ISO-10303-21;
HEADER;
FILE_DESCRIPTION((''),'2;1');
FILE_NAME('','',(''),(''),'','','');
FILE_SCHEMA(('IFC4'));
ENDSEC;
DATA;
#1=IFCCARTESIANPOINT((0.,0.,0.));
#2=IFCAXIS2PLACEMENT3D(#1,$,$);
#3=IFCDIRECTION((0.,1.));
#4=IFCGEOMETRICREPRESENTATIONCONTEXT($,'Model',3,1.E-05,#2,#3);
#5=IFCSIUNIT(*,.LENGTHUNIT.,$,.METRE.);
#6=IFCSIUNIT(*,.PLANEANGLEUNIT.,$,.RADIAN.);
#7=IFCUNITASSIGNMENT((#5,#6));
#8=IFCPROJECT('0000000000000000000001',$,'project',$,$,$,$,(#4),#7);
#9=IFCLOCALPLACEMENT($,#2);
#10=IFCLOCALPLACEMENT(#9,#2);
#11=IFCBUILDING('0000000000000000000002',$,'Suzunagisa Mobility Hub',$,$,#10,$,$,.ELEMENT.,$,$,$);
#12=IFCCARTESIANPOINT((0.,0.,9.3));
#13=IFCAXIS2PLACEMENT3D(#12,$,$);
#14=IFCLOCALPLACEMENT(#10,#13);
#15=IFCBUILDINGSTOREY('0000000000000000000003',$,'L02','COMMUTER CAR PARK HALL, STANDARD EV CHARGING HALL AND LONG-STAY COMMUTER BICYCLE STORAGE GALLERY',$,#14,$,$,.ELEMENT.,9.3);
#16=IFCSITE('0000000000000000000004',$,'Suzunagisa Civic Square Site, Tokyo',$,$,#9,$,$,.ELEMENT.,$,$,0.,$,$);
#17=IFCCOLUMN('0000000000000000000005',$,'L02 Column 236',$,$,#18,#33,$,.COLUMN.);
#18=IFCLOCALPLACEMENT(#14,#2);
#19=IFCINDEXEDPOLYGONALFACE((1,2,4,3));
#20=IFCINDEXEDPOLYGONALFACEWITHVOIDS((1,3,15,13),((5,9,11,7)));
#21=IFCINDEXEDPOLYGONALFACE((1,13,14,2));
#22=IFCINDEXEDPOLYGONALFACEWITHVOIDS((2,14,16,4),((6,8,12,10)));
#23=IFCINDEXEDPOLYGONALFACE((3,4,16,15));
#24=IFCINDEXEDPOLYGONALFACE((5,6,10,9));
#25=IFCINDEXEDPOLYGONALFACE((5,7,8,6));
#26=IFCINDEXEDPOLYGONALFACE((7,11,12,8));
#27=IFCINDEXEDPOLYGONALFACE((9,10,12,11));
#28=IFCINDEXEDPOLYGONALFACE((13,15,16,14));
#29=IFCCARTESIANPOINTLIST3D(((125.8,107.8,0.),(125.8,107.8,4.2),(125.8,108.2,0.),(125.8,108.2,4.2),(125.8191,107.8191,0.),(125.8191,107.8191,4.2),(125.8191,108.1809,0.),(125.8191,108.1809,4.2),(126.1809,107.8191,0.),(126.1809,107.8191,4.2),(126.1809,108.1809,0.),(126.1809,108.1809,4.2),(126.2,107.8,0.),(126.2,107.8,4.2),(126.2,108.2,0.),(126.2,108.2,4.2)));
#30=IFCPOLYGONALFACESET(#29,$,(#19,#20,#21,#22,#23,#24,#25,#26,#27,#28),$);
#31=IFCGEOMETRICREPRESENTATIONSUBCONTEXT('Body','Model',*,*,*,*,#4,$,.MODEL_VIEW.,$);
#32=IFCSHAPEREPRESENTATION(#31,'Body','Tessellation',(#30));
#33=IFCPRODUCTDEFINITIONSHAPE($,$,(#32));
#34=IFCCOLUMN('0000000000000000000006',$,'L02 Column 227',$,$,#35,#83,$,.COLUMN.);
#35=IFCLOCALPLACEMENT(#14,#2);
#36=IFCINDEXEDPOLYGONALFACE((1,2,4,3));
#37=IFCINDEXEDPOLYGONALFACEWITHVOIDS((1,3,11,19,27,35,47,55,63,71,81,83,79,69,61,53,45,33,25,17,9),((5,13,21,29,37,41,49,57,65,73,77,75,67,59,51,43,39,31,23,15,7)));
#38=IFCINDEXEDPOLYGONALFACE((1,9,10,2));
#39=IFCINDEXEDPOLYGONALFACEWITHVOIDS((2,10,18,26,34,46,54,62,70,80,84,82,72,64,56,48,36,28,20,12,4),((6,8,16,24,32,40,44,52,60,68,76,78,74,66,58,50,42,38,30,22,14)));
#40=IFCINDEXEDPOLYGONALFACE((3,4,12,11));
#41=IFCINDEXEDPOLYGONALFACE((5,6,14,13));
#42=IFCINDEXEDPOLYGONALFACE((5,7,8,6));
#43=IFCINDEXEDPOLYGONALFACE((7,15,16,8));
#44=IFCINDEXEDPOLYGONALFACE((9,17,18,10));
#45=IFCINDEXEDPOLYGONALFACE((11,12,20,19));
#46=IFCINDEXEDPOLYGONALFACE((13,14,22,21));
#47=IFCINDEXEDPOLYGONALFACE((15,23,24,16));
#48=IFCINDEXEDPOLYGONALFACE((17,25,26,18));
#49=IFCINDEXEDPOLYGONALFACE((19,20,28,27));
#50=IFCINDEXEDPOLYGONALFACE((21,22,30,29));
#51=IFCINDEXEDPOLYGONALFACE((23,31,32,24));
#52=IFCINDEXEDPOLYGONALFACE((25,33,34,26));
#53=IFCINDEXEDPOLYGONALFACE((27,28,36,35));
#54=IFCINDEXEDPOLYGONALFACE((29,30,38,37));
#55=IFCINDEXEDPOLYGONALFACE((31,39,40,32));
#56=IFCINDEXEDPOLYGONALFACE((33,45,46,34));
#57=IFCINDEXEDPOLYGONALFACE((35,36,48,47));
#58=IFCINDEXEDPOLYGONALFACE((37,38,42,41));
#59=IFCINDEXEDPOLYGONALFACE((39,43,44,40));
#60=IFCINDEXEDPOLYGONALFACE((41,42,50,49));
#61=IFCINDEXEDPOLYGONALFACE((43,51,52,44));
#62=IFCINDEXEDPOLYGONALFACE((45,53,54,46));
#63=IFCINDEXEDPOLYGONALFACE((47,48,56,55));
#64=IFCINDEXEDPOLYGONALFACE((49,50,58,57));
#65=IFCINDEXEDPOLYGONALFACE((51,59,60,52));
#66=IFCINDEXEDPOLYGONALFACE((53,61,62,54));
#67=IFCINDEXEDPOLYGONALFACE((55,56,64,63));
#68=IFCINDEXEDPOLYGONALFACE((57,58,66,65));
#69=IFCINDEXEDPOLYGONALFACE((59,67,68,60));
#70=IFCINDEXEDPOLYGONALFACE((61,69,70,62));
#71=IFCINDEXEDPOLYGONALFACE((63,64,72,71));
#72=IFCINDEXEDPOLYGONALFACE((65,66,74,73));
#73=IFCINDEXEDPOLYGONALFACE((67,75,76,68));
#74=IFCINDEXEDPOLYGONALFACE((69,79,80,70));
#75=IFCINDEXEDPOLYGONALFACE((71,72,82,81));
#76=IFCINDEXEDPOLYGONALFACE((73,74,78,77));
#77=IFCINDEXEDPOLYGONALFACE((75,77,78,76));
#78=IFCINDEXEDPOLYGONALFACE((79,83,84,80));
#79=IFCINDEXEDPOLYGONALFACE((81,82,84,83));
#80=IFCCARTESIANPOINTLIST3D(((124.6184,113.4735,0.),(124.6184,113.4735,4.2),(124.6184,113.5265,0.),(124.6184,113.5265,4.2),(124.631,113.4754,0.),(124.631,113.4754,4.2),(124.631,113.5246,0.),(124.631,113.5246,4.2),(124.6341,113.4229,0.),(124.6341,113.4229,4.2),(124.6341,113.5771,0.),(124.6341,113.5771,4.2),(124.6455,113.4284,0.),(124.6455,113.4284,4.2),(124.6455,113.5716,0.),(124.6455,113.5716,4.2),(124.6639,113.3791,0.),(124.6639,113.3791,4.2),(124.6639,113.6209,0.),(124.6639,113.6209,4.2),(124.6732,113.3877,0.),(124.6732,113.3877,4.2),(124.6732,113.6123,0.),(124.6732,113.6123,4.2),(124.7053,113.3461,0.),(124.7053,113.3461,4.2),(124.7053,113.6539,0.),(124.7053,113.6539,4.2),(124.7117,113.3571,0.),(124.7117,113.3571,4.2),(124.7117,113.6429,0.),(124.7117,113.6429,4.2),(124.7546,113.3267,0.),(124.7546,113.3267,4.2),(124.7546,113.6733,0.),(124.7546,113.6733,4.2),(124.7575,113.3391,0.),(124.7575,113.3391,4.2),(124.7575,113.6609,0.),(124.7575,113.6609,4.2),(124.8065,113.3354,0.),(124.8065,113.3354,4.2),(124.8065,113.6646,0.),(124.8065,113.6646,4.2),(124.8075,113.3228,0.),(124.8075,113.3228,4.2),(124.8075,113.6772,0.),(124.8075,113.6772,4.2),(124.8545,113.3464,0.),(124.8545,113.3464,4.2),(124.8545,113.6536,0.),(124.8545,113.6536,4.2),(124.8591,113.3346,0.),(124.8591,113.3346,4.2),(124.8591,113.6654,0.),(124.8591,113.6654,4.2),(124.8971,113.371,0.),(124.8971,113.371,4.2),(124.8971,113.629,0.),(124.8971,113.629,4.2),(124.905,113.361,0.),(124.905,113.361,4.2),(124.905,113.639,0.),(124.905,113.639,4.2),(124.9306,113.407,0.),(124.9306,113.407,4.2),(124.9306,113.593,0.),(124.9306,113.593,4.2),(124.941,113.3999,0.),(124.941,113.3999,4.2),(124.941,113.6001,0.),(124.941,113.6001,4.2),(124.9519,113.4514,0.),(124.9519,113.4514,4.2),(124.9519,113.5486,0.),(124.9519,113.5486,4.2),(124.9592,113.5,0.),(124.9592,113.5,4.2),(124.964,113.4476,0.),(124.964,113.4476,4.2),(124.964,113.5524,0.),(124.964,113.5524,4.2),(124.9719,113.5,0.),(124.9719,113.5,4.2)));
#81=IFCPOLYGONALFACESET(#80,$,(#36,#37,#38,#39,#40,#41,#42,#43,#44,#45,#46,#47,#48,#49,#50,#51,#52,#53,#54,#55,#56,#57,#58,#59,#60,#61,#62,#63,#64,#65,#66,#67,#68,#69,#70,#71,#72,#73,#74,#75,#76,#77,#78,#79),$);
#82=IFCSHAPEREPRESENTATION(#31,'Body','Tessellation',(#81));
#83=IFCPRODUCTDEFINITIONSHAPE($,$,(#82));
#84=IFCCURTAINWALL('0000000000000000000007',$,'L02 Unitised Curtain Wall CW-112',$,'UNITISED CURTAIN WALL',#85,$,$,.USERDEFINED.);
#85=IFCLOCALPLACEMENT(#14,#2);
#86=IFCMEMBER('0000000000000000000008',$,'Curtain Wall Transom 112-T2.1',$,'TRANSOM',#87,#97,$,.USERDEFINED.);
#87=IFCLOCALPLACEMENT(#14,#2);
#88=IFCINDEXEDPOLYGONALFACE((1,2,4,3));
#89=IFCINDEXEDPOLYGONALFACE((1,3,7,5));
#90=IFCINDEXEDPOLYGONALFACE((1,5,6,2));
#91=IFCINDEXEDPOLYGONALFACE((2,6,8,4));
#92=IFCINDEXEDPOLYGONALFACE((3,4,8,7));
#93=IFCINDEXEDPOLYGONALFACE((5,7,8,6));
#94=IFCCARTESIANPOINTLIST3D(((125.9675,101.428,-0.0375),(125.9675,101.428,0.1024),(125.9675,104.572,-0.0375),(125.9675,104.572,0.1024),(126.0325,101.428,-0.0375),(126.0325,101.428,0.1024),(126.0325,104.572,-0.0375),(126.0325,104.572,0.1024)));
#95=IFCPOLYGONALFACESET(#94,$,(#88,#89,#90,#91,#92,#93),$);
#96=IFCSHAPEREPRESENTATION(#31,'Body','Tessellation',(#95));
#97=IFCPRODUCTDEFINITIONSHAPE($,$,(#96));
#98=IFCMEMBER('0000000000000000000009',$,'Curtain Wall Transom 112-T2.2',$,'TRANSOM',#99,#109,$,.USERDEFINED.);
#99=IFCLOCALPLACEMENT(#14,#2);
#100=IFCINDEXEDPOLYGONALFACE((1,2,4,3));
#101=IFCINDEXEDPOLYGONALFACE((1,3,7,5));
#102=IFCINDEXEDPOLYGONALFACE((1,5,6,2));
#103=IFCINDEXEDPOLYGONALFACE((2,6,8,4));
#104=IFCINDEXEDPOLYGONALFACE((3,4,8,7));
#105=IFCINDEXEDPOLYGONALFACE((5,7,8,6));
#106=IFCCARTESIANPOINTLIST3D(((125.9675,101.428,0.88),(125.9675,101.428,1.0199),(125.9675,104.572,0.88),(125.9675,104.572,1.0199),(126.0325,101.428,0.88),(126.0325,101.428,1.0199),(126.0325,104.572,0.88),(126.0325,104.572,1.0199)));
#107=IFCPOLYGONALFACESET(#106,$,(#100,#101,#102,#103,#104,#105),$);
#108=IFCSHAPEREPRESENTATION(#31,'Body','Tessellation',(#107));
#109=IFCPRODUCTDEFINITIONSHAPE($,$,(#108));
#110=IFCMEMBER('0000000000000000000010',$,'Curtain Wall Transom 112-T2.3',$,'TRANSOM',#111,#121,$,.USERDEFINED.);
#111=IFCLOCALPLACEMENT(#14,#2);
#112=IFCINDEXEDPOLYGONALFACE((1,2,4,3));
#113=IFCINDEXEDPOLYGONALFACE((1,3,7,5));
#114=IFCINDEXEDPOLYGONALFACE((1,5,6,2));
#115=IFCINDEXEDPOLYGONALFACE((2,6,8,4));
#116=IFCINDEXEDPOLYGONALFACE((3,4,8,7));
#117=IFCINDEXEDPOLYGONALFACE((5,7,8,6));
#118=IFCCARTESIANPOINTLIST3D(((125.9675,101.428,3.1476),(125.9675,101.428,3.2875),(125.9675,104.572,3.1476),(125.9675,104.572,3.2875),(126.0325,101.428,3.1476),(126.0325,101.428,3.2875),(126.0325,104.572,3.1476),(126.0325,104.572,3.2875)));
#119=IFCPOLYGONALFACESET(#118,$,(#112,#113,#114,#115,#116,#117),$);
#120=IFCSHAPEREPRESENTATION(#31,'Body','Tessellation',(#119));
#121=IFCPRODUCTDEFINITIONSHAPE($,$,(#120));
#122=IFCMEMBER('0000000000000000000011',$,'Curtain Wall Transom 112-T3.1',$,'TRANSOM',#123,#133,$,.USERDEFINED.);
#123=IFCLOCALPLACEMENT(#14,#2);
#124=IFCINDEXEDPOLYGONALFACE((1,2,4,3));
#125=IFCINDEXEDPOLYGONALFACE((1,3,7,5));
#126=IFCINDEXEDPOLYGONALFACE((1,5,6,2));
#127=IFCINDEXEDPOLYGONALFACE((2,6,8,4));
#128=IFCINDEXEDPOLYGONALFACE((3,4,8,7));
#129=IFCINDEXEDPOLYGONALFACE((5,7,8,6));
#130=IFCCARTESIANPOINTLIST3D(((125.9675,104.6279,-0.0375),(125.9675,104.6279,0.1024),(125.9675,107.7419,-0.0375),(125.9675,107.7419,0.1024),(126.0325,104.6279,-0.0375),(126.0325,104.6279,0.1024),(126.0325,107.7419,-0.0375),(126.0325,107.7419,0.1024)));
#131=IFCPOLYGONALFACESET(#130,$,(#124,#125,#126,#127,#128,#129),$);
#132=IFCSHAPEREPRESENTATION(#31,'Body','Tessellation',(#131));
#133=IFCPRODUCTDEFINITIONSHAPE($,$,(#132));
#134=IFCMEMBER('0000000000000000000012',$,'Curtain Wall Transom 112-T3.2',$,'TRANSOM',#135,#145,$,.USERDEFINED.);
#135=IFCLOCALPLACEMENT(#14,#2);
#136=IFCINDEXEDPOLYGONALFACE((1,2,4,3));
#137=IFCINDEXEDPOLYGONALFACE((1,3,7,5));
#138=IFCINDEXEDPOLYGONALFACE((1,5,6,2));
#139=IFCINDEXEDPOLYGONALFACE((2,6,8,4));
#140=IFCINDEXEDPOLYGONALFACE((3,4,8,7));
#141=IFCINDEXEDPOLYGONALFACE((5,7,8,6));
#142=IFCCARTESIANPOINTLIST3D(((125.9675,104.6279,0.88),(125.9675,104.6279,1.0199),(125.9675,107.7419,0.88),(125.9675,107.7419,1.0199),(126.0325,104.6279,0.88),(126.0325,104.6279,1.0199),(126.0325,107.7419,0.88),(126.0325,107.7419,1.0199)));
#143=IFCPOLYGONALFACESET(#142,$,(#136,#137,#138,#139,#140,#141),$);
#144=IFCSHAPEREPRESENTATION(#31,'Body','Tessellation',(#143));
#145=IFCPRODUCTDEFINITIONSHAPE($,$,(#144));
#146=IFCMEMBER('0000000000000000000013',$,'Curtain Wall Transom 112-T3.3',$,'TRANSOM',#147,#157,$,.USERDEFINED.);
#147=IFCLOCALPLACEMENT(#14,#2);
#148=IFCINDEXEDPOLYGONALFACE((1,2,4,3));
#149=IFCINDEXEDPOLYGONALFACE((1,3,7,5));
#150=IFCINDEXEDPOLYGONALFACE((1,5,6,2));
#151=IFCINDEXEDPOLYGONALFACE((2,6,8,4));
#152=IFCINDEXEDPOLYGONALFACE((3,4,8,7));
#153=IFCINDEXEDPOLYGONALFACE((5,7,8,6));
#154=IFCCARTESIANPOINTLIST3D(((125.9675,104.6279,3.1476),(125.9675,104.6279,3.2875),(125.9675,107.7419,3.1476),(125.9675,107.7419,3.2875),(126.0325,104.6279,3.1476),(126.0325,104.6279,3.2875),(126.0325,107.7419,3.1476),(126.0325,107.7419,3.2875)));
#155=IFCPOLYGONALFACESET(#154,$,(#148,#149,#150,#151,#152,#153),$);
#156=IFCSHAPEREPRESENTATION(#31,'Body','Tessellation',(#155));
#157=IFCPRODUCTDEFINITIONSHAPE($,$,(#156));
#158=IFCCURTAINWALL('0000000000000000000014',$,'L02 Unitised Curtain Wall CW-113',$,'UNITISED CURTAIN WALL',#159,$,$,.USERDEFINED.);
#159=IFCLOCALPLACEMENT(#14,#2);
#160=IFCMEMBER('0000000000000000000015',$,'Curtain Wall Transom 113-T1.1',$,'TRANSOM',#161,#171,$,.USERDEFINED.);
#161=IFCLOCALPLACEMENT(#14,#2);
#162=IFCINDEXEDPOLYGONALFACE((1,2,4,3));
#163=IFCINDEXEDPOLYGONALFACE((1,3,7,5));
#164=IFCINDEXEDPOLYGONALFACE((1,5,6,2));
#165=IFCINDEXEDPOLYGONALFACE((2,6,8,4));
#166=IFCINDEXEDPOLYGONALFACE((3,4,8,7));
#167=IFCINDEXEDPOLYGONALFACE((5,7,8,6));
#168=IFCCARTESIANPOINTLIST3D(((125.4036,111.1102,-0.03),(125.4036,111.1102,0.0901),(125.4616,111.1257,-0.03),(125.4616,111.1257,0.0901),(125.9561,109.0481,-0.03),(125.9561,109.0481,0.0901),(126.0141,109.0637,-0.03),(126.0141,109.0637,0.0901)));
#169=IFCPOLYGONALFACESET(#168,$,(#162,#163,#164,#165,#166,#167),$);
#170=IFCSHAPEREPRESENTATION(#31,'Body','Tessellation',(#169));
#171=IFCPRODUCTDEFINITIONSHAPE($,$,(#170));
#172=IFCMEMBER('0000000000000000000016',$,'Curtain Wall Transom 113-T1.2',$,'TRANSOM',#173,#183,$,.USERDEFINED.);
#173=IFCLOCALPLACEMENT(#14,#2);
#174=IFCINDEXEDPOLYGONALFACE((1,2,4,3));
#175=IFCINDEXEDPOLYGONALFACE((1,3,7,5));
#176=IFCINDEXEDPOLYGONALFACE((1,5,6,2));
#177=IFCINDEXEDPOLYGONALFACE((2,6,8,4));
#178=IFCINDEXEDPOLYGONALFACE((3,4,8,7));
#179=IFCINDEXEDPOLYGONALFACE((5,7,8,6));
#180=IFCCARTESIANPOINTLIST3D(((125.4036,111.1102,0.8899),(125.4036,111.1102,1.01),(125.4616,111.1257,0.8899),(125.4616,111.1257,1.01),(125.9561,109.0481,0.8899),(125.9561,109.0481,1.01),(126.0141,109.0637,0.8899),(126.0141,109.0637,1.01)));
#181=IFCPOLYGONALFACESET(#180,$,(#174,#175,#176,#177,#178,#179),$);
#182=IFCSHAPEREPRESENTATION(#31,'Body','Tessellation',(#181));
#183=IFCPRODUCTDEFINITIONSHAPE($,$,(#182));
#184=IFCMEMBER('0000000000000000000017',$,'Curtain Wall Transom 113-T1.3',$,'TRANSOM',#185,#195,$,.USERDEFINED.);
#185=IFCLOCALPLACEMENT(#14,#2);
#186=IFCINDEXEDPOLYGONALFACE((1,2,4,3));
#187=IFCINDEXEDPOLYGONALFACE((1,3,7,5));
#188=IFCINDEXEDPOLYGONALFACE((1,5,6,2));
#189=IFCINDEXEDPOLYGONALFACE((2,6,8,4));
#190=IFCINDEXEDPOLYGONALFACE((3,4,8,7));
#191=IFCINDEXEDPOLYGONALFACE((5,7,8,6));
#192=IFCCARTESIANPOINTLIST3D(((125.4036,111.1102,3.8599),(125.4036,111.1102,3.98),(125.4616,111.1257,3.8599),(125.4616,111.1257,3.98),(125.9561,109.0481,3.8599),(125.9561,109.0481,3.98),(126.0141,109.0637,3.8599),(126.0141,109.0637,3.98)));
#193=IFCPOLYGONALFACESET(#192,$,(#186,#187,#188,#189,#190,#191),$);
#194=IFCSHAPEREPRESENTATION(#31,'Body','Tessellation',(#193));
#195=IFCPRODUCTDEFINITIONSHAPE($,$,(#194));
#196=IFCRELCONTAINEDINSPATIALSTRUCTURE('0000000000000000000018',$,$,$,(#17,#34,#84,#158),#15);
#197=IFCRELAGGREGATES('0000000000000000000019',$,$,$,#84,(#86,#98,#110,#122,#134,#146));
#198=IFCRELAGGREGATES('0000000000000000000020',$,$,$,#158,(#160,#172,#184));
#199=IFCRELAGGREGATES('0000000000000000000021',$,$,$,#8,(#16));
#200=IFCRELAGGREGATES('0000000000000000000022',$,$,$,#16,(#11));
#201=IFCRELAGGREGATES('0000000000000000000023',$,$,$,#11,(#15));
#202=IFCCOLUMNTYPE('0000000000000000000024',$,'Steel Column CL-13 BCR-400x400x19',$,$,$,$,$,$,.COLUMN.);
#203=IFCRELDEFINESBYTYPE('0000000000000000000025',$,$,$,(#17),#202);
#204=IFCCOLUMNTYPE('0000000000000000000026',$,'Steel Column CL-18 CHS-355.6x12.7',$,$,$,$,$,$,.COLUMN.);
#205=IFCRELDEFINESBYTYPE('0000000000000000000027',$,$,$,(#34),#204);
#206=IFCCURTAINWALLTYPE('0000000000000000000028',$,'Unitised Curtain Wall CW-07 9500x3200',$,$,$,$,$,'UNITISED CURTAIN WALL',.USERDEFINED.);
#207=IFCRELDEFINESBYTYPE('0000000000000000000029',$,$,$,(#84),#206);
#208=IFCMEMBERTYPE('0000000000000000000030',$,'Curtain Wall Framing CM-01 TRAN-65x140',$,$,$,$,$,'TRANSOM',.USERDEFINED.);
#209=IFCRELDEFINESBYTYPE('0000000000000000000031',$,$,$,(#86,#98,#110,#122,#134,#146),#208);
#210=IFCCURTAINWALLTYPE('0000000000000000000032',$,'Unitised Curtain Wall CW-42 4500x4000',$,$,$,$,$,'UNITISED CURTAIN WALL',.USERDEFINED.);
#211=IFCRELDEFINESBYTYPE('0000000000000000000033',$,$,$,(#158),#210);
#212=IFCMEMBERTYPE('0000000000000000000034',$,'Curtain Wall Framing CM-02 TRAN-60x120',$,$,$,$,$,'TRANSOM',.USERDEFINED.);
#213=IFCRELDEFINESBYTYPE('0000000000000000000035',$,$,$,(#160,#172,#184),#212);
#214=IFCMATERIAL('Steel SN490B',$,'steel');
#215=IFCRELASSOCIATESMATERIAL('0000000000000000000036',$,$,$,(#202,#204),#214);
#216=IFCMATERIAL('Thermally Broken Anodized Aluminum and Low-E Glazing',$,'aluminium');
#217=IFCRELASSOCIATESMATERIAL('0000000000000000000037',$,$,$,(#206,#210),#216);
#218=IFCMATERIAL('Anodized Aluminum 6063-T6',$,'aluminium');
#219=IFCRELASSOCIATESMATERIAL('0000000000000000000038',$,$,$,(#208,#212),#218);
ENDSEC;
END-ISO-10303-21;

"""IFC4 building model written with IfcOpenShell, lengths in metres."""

from ifc_helpers import new_model, si_unit, direction, frame, origin, origin_2d, place, context, subcontext, project, spatial, rectangle, hollow_rectangle, hollow_circle, extrude, material, material_profile, profile_set, type_object, element, aggregate, save


model = new_model("IFC4")

# Units and contexts
model_context = context("Model", 3, precision=1e-05, world=origin(), true_north=direction((0.0, 1.0)))
body_context = subcontext(model_context, "Body", "Model", "MODEL_VIEW")
ifc_project = project(units=[si_unit("LENGTHUNIT", "METRE"), si_unit("PLANEANGLEUNIT", "RADIAN")], contexts=[model_context])

# Site, building, storey
site_placement = place(None, origin())
site = spatial("IfcSite", under=ifc_project, at=site_placement, Name="Suzunagisa Civic Square Site, Tokyo", CompositionType="ELEMENT", RefElevation=0.0)
building_placement = place(site_placement, origin())
building = spatial("IfcBuilding", under=site, at=building_placement, Name="Suzunagisa Mobility Hub", CompositionType="ELEMENT")
storey_placement = place(building_placement, frame((0.0, 0.0, 9.3)))
storey = spatial("IfcBuildingStorey", under=building, at=storey_placement, Name="L02", Description="COMMUTER CAR PARK HALL, STANDARD EV CHARGING HALL AND LONG-STAY COMMUTER BICYCLE STORAGE GALLERY", CompositionType="ELEMENT", Elevation=9.3)

# Columns
ifc_material_1 = material(Name="Steel SN490B", Category="steel")
ifc_material_profile_1 = material_profile(ifc_material_1, hollow_rectangle(XDim=0.3999, YDim=0.3999, WallThickness=0.019, at=origin_2d()), Name="BCR-400x400x19")
ifc_profile_set_1 = profile_set([ifc_material_profile_1], Name="Steel SN490B")
column_type_1 = type_object("IfcColumnType", Name="Steel Column CL-13 BCR-400x400x19", PredefinedType="COLUMN", material=ifc_profile_set_1)
column_1_placement = place(storey_placement, frame((126.0, 108.0, 0.0), z_axis=(0.0, 0.0, 1.0), x_axis=(1.0, 0.0, 0.0)))
element("IfcColumn", 1, at=column_1_placement, inside=storey, type_object=column_type_1, Name="L02 Column 236", PredefinedType="COLUMN", context=body_context, shape_type="SweptSolid", body=[
    extrude(hollow_rectangle(XDim=0.3999, YDim=0.3999, WallThickness=0.019, at=origin_2d()), origin(), (0.0, 0.0, 1.0), 4.2),
])
ifc_material_profile_2 = material_profile(ifc_material_1, hollow_circle(Radius=0.1777, WallThickness=0.0127, at=origin_2d()), Name="CHS-355.6x12.7")
ifc_profile_set_2 = profile_set([ifc_material_profile_2], Name="Steel SN490B")
column_type_2 = type_object("IfcColumnType", Name="Steel Column CL-18 CHS-355.6x12.7", PredefinedType="COLUMN", material=ifc_profile_set_2)
column_2_placement = place(storey_placement, frame((124.7942, 113.5, 0.0), z_axis=(0.0, 0.0, 1.0), x_axis=(1.0, 0.0, 0.0)))
element("IfcColumn", 2, at=column_2_placement, inside=storey, type_object=column_type_2, Name="L02 Column 227", PredefinedType="COLUMN", context=body_context, shape_type="SweptSolid", body=[
    extrude(hollow_circle(Radius=0.1777, WallThickness=0.0127, at=origin_2d()), origin(), (0.0, 0.0, 1.0), 4.2),
])

# Curtain walls, members
ifc_material_2 = material(Name="Thermally Broken Anodized Aluminum and Low-E Glazing", Category="aluminium")
curtain_wall_type_1 = type_object("IfcCurtainWallType", Name="Unitised Curtain Wall CW-07 9500x3200", ElementType="UNITISED CURTAIN WALL", PredefinedType="USERDEFINED", material=ifc_material_2)
curtain_wall_1_placement = place(storey_placement, origin())
curtain_wall_1 = element("IfcCurtainWall", 3, at=curtain_wall_1_placement, inside=storey, type_object=curtain_wall_type_1, Name="L02 Unitised Curtain Wall CW-112", ObjectType="UNITISED CURTAIN WALL", PredefinedType="USERDEFINED")
ifc_material_3 = material(Name="Anodized Aluminum 6063-T6", Category="aluminium")
ifc_material_profile_3 = material_profile(ifc_material_3, rectangle(XDim=0.0649, YDim=0.1399, at=origin_2d()), Name="TRAN-65x140")
ifc_profile_set_3 = profile_set([ifc_material_profile_3], Name="Anodized Aluminum 6063-T6")
member_type_1 = type_object("IfcMemberType", Name="Curtain Wall Framing CM-01 TRAN-65x140", ElementType="TRANSOM", PredefinedType="USERDEFINED", material=ifc_profile_set_3)
member_1_placement = place(storey_placement, frame((126.0, 101.428, 0.0325), z_axis=(0.0, 1.0, 0.0), x_axis=(-1.0, 0.0, 0.0)))
member_1 = element("IfcMember", 4, at=member_1_placement, type_object=member_type_1, Name="Curtain Wall Transom 112-T2.1", ObjectType="TRANSOM", PredefinedType="USERDEFINED", context=body_context, shape_type="SweptSolid", body=[
    extrude(rectangle(XDim=0.0649, YDim=0.1399, at=origin_2d()), origin(), (0.0, 0.0, 1.0), 3.144),
])
member_2_placement = place(storey_placement, frame((126.0, 101.428, 0.95), z_axis=(0.0, 1.0, 0.0), x_axis=(-1.0, 0.0, 0.0)))
member_2 = element("IfcMember", 5, at=member_2_placement, type_object=member_type_1, Name="Curtain Wall Transom 112-T2.2", ObjectType="TRANSOM", PredefinedType="USERDEFINED", context=body_context, shape_type="SweptSolid", body=[
    extrude(rectangle(XDim=0.0649, YDim=0.1399, at=origin_2d()), origin(), (0.0, 0.0, 1.0), 3.144),
])
member_3_placement = place(storey_placement, frame((126.0, 101.428, 3.2175), z_axis=(0.0, 1.0, 0.0), x_axis=(-1.0, 0.0, 0.0)))
member_3 = element("IfcMember", 6, at=member_3_placement, type_object=member_type_1, Name="Curtain Wall Transom 112-T2.3", ObjectType="TRANSOM", PredefinedType="USERDEFINED", context=body_context, shape_type="SweptSolid", body=[
    extrude(rectangle(XDim=0.0649, YDim=0.1399, at=origin_2d()), origin(), (0.0, 0.0, 1.0), 3.144),
])
member_4_placement = place(storey_placement, frame((126.0, 104.6279, 0.0325), z_axis=(0.0, 1.0, 0.0), x_axis=(-1.0, 0.0, 0.0)))
member_4 = element("IfcMember", 7, at=member_4_placement, type_object=member_type_1, Name="Curtain Wall Transom 112-T3.1", ObjectType="TRANSOM", PredefinedType="USERDEFINED", context=body_context, shape_type="SweptSolid", body=[
    extrude(rectangle(XDim=0.0649, YDim=0.1399, at=origin_2d()), origin(), (0.0, 0.0, 1.0), 3.114),
])
member_5_placement = place(storey_placement, frame((126.0, 104.6279, 0.95), z_axis=(0.0, 1.0, 0.0), x_axis=(-1.0, 0.0, 0.0)))
member_5 = element("IfcMember", 8, at=member_5_placement, type_object=member_type_1, Name="Curtain Wall Transom 112-T3.2", ObjectType="TRANSOM", PredefinedType="USERDEFINED", context=body_context, shape_type="SweptSolid", body=[
    extrude(rectangle(XDim=0.0649, YDim=0.1399, at=origin_2d()), origin(), (0.0, 0.0, 1.0), 3.114),
])
member_6_placement = place(storey_placement, frame((126.0, 104.6279, 3.2175), z_axis=(0.0, 1.0, 0.0), x_axis=(-1.0, 0.0, 0.0)))
member_6 = element("IfcMember", 9, at=member_6_placement, type_object=member_type_1, Name="Curtain Wall Transom 112-T3.3", ObjectType="TRANSOM", PredefinedType="USERDEFINED", context=body_context, shape_type="SweptSolid", body=[
    extrude(rectangle(XDim=0.0649, YDim=0.1399, at=origin_2d()), origin(), (0.0, 0.0, 1.0), 3.114),
])
curtain_wall_type_2 = type_object("IfcCurtainWallType", Name="Unitised Curtain Wall CW-42 4500x4000", ElementType="UNITISED CURTAIN WALL", PredefinedType="USERDEFINED", material=ifc_material_2)
curtain_wall_2_placement = place(storey_placement, origin())
curtain_wall_2 = element("IfcCurtainWall", 10, at=curtain_wall_2_placement, inside=storey, type_object=curtain_wall_type_2, Name="L02 Unitised Curtain Wall CW-113", ObjectType="UNITISED CURTAIN WALL", PredefinedType="USERDEFINED")
ifc_material_profile_4 = material_profile(ifc_material_3, rectangle(XDim=0.0601, YDim=0.1201, at=origin_2d()), Name="TRAN-60x120")
ifc_profile_set_4 = profile_set([ifc_material_profile_4], Name="Anodized Aluminum 6063-T6")
member_type_2 = type_object("IfcMemberType", Name="Curtain Wall Framing CM-02 TRAN-60x120", ElementType="TRANSOM", PredefinedType="USERDEFINED", material=ifc_profile_set_4)
member_7_placement = place(storey_placement, frame((125.9851, 109.0559, 0.03), z_axis=(-0.258808, 0.965929, 0.0), x_axis=(-0.965929, -0.258808, 0.0)))
member_7 = element("IfcMember", 11, at=member_7_placement, type_object=member_type_2, Name="Curtain Wall Transom 113-T1.1", ObjectType="TRANSOM", PredefinedType="USERDEFINED", context=body_context, shape_type="SweptSolid", body=[
    extrude(rectangle(XDim=0.0601, YDim=0.1201, at=origin_2d()), origin(), (0.0, 0.0, 1.0), 2.1348),
])
member_8_placement = place(storey_placement, frame((125.9851, 109.0559, 0.95), z_axis=(-0.258808, 0.965929, 0.0), x_axis=(-0.965929, -0.258808, 0.0)))
member_8 = element("IfcMember", 12, at=member_8_placement, type_object=member_type_2, Name="Curtain Wall Transom 113-T1.2", ObjectType="TRANSOM", PredefinedType="USERDEFINED", context=body_context, shape_type="SweptSolid", body=[
    extrude(rectangle(XDim=0.0601, YDim=0.1201, at=origin_2d()), origin(), (0.0, 0.0, 1.0), 2.1348),
])
member_9_placement = place(storey_placement, frame((125.9851, 109.0559, 3.9199), z_axis=(-0.258808, 0.965929, 0.0), x_axis=(-0.965929, -0.258808, 0.0)))
member_9 = element("IfcMember", 13, at=member_9_placement, type_object=member_type_2, Name="Curtain Wall Transom 113-T1.3", ObjectType="TRANSOM", PredefinedType="USERDEFINED", context=body_context, shape_type="SweptSolid", body=[
    extrude(rectangle(XDim=0.0601, YDim=0.1201, at=origin_2d()), origin(), (0.0, 0.0, 1.0), 2.1348),
])

aggregate(curtain_wall_1, [member_1, member_2, member_3, member_4, member_5, member_6])
aggregate(curtain_wall_2, [member_7, member_8, member_9])

save(model, "model.ifc")
